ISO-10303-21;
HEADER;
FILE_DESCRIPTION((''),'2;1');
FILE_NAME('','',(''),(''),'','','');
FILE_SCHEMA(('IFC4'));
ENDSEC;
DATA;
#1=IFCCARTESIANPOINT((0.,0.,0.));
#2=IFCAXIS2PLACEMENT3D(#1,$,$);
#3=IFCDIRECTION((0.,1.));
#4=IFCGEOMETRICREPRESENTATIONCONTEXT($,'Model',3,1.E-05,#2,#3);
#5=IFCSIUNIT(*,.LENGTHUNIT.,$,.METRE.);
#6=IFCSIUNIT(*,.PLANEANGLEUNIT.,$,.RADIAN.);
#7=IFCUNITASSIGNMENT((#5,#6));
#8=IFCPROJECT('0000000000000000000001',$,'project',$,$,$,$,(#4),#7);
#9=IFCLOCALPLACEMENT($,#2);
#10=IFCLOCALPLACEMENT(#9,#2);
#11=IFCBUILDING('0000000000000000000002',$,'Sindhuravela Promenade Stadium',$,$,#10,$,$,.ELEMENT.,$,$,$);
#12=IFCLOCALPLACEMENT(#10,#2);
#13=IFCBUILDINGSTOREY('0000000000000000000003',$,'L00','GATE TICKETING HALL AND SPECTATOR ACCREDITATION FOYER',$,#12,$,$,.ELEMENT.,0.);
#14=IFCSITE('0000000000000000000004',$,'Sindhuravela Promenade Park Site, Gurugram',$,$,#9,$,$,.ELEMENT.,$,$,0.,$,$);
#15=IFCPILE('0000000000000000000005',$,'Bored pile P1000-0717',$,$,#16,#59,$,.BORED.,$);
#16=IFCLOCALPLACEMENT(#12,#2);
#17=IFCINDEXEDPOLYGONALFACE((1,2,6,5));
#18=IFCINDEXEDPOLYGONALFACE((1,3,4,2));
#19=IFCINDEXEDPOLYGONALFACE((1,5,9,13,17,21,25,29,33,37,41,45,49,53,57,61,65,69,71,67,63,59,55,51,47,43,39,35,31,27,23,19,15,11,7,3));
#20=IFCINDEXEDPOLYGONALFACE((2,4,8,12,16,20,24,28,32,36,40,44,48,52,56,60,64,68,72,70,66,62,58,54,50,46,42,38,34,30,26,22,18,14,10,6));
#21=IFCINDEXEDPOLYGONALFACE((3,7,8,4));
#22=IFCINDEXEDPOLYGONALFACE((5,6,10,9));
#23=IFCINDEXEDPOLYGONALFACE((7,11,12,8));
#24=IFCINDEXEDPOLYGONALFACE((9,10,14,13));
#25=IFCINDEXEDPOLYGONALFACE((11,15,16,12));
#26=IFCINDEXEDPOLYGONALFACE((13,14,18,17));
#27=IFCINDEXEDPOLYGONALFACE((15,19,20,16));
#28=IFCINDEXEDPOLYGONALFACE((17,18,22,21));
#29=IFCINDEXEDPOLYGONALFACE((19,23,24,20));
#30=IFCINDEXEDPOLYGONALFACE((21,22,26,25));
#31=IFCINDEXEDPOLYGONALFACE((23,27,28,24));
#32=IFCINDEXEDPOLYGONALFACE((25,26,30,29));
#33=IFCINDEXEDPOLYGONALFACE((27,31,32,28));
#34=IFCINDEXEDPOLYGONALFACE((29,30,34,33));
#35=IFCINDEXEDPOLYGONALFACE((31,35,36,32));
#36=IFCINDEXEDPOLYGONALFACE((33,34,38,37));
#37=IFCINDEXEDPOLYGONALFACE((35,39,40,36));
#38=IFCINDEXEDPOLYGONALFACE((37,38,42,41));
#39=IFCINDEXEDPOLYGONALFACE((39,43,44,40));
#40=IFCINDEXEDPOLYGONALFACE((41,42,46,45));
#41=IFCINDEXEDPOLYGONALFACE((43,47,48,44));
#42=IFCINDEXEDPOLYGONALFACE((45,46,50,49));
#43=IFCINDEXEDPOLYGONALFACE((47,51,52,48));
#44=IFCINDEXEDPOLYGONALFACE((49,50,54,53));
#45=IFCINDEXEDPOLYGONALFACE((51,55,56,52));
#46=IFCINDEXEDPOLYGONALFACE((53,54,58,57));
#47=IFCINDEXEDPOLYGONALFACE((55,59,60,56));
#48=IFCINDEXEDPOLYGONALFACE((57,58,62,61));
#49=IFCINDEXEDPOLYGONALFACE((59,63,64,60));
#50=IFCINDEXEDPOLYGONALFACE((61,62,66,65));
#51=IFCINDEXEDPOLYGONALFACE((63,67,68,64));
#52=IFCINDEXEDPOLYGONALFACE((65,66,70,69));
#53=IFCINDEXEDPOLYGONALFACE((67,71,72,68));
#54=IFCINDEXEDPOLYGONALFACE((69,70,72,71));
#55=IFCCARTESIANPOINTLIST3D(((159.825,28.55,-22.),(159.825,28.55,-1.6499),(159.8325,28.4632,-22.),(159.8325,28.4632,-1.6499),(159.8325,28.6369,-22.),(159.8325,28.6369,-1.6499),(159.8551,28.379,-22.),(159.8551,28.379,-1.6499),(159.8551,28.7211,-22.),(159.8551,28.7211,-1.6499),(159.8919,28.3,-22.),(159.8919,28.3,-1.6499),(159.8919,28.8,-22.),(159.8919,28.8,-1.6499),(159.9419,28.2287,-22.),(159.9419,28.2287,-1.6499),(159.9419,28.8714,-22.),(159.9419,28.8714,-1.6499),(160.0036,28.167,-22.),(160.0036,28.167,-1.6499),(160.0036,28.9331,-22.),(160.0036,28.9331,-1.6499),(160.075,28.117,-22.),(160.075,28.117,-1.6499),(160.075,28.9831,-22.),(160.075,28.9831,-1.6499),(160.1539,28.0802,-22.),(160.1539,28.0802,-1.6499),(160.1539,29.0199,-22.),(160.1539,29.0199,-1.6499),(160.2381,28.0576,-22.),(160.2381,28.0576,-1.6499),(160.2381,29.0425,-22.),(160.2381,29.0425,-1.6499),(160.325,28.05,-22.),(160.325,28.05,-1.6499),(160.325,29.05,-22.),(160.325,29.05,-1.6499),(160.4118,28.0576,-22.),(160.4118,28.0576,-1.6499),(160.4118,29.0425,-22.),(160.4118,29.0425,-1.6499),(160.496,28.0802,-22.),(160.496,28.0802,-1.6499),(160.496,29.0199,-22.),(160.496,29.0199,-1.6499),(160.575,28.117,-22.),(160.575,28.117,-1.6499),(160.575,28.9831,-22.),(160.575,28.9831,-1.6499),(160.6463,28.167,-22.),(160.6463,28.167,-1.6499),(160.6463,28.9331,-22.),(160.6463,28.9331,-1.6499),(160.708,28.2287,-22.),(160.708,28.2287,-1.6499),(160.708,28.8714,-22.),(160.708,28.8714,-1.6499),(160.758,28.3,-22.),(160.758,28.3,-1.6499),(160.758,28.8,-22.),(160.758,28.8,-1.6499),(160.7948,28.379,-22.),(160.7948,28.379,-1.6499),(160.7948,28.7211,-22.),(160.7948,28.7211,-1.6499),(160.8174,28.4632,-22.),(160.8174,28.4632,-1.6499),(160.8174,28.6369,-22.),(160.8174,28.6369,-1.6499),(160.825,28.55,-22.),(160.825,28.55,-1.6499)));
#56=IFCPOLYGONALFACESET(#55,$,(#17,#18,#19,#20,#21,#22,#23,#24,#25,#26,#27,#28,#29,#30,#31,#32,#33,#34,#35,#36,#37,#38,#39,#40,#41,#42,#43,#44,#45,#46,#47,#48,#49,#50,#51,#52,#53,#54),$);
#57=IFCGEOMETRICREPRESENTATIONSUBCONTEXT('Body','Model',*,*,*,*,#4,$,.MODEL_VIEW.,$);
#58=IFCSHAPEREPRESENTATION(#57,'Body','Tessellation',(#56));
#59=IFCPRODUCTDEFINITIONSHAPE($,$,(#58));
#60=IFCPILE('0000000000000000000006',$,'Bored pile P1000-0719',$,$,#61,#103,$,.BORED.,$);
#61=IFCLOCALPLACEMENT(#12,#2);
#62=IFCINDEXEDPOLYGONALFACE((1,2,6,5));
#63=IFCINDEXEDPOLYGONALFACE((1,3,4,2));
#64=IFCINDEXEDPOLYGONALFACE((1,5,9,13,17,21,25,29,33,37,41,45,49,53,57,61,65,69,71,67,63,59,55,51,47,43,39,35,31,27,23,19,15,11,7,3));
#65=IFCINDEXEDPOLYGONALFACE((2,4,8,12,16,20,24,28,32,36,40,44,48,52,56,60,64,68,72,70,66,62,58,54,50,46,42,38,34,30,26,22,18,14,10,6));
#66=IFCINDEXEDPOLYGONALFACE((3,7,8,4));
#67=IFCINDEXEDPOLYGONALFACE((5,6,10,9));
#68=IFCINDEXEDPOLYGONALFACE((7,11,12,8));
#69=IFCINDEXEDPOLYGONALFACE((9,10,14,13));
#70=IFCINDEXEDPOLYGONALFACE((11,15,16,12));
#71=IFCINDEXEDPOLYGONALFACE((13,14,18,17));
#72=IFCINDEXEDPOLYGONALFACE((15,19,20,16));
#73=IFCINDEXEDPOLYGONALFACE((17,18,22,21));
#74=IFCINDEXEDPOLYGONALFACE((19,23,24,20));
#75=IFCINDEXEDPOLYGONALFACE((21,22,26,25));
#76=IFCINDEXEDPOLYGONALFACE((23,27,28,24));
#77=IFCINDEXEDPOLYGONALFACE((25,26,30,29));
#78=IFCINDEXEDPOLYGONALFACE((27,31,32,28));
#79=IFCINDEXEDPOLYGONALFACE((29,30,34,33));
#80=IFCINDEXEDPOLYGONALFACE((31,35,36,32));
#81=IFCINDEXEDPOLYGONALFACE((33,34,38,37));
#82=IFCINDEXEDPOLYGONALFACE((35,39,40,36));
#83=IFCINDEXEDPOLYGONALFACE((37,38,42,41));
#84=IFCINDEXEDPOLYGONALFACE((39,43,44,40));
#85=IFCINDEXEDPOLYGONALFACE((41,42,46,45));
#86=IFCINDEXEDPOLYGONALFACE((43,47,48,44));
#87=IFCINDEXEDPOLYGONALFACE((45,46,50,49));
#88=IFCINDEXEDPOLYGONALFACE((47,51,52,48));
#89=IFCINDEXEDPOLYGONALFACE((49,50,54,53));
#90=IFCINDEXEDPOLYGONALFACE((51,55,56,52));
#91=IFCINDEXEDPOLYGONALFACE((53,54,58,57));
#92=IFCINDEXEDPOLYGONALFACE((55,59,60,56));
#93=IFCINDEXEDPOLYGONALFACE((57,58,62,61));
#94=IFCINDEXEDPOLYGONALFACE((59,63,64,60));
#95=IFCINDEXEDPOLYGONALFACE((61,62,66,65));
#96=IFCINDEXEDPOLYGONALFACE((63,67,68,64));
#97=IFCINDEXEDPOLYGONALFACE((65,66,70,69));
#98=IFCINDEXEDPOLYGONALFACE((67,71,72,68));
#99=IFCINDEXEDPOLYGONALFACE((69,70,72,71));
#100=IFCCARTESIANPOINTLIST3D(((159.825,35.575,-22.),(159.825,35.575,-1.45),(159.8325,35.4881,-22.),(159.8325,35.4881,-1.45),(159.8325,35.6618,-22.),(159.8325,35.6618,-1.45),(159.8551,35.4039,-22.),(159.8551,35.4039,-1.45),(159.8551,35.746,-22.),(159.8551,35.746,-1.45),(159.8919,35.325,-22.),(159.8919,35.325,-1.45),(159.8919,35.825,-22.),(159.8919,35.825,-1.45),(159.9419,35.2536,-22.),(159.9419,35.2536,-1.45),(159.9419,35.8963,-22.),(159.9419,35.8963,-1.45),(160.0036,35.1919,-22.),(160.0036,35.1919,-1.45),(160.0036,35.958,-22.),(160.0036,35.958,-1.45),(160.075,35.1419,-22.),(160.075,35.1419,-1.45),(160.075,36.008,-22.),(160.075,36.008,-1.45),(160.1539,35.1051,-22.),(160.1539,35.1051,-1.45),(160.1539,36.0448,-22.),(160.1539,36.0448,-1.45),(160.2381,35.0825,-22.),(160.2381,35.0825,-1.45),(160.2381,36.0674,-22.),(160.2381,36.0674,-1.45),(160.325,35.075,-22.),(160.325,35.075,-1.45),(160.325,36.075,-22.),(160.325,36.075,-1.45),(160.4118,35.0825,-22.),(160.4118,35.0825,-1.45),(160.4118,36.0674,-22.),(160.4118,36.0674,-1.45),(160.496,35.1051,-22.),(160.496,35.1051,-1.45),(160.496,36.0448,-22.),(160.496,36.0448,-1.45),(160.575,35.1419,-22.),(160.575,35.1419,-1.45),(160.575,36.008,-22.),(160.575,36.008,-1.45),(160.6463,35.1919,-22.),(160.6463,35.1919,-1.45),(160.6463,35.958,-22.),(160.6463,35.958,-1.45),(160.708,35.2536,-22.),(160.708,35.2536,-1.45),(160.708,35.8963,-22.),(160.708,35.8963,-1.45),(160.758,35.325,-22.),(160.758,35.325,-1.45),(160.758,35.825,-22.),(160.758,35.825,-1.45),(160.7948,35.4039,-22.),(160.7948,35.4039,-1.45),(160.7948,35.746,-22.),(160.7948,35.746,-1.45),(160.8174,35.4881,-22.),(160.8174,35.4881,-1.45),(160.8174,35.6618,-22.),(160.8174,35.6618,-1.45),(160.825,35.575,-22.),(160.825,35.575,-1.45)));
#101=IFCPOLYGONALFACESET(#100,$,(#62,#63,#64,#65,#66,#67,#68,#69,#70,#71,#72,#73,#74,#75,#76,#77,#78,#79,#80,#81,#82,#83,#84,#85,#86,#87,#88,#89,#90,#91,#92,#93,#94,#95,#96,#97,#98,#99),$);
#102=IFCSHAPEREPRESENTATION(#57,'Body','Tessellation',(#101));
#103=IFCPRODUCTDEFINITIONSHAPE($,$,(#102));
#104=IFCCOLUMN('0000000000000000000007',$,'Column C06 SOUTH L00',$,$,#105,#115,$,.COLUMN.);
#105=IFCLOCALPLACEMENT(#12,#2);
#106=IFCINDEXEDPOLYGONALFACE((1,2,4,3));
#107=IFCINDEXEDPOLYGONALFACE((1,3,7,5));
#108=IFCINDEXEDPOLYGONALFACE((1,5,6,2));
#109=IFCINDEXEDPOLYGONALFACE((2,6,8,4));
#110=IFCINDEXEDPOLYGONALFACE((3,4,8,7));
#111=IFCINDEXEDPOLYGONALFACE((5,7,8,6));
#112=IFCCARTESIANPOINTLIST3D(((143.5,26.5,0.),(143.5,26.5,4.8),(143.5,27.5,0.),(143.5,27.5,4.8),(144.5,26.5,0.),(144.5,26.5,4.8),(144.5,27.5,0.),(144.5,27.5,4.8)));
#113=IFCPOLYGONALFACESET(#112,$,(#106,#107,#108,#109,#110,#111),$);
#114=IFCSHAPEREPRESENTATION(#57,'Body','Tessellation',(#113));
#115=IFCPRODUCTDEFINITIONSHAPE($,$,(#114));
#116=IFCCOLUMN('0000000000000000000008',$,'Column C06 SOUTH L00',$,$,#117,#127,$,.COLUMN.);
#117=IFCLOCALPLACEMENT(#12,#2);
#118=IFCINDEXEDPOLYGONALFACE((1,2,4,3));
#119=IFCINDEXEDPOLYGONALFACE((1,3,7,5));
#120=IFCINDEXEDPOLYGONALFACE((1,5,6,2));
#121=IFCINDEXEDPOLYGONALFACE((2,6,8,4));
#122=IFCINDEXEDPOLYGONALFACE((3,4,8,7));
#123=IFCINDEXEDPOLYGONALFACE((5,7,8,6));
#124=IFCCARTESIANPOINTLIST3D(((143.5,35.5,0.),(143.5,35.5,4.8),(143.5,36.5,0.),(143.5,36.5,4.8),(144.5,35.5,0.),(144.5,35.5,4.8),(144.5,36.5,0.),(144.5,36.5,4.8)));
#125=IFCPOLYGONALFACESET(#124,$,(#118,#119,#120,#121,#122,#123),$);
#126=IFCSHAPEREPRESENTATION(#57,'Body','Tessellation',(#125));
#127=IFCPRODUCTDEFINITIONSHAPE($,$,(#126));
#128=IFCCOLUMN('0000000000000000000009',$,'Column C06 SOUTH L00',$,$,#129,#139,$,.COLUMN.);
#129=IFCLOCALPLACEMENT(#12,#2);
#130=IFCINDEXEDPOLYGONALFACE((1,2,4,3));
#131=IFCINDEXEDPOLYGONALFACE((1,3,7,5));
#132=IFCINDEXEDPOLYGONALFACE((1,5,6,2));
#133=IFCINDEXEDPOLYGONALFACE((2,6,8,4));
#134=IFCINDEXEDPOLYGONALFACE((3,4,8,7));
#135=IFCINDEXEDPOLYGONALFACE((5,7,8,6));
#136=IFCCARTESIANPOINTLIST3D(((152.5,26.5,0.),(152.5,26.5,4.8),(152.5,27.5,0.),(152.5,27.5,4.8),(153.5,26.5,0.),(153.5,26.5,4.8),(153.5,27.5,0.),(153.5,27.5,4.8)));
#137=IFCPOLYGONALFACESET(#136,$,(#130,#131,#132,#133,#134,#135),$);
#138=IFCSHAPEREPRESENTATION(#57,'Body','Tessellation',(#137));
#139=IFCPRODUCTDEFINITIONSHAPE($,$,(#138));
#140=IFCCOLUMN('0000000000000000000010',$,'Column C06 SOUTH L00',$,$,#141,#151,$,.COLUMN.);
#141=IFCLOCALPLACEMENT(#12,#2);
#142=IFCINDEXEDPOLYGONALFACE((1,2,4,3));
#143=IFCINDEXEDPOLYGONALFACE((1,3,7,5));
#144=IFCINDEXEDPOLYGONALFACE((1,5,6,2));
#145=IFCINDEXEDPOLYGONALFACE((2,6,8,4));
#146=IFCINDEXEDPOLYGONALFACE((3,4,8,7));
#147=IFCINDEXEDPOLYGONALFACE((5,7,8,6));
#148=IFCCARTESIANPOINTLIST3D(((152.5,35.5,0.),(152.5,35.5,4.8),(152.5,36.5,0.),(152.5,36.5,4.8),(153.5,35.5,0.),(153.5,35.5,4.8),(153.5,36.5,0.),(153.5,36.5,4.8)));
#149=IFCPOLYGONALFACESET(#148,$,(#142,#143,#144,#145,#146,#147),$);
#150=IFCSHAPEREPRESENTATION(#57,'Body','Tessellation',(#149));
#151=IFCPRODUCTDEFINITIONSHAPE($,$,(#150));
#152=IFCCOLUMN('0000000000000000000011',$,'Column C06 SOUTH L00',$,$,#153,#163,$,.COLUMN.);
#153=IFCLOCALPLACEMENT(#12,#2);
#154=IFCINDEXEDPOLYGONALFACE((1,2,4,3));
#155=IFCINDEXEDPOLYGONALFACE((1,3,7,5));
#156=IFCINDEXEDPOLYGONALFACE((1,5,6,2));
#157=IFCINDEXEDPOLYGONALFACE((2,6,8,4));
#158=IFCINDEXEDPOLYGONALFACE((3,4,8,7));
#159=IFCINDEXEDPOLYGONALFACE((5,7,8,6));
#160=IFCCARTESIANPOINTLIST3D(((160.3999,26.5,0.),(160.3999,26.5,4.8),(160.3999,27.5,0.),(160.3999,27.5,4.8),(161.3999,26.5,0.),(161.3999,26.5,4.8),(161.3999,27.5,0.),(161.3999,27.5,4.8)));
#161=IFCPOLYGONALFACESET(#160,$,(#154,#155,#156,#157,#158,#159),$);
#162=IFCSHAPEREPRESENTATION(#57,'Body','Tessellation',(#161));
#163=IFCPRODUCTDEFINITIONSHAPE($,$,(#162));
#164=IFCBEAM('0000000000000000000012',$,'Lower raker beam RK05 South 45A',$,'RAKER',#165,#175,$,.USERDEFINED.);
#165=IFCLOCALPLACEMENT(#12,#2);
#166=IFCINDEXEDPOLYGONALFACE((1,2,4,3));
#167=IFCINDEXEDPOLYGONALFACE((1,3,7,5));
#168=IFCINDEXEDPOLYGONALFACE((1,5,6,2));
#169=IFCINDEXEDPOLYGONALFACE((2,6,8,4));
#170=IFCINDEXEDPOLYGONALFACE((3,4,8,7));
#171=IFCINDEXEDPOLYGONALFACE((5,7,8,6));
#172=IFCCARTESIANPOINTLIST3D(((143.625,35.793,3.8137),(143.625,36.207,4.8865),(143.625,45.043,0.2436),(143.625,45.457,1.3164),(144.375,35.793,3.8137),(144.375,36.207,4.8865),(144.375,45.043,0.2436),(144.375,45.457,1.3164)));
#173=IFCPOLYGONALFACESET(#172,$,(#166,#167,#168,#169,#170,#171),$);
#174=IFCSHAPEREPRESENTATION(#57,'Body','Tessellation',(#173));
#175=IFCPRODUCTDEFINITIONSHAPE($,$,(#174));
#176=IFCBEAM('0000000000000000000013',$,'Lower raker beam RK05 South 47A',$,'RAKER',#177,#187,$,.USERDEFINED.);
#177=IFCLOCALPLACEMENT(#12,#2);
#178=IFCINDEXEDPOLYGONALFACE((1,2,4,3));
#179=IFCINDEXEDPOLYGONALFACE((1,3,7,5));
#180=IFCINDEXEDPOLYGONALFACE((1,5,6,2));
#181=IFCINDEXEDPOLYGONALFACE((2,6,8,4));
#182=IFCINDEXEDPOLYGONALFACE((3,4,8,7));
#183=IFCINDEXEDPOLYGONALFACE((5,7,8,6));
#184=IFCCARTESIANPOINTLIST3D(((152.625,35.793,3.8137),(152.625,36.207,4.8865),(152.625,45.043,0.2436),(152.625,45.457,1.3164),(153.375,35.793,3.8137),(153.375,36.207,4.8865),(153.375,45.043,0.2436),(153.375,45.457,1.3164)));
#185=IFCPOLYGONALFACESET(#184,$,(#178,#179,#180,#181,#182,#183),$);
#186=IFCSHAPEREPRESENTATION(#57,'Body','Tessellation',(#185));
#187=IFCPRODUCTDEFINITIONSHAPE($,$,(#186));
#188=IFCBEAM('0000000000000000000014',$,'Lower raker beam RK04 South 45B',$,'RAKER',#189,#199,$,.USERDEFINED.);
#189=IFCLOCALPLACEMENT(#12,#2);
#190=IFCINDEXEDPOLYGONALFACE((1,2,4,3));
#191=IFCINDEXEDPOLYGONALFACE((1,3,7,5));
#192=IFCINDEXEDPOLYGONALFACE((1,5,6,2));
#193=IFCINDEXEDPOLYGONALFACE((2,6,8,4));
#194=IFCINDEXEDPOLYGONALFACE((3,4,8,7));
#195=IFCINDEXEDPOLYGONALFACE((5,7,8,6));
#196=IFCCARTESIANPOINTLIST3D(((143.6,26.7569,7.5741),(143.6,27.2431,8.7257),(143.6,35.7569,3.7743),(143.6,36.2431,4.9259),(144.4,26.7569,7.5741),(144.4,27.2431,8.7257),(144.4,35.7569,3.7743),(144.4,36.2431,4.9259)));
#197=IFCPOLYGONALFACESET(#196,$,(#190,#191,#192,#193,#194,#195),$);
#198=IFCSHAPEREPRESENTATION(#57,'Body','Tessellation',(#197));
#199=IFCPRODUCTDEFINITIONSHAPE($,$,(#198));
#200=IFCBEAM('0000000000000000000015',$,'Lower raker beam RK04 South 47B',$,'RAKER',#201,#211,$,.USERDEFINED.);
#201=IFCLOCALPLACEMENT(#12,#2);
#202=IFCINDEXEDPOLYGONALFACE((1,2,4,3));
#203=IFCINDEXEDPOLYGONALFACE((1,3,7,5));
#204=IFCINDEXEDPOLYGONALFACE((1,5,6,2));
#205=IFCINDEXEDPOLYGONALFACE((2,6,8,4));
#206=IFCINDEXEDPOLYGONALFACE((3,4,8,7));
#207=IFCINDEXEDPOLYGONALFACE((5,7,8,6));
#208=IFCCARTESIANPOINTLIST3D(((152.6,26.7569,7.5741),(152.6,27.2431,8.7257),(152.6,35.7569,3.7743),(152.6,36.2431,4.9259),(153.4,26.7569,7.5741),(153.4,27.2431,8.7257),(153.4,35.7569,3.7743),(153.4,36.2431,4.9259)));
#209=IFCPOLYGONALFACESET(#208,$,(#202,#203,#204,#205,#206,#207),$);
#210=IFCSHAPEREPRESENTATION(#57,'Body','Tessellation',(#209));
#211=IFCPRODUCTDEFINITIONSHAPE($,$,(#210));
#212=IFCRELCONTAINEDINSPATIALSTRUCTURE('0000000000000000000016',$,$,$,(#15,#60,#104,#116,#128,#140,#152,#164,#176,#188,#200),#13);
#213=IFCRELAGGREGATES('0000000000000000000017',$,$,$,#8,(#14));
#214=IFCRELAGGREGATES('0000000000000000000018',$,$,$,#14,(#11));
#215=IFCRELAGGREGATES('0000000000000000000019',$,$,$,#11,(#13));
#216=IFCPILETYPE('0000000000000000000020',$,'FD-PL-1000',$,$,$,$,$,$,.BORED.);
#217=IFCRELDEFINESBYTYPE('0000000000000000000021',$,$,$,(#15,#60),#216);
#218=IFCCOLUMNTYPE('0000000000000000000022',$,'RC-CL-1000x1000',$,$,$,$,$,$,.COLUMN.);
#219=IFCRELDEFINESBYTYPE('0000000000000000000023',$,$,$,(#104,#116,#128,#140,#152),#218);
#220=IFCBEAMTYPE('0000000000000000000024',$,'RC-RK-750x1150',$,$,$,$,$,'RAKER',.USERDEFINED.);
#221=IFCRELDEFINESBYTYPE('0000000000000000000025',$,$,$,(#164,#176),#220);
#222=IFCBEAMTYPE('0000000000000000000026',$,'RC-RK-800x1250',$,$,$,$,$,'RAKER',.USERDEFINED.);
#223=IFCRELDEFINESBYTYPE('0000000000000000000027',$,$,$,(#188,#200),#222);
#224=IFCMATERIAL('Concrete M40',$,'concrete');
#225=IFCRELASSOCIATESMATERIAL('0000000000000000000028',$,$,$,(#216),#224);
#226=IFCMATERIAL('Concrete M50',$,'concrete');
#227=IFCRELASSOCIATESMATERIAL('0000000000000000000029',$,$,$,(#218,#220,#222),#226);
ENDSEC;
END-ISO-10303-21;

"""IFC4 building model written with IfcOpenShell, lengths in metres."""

from ifc_helpers import new_model, si_unit, direction, frame, origin, origin_2d, place, context, subcontext, project, spatial, rectangle, circle, extrude, material, material_profile, profile_set, type_object, element, save


model = new_model("IFC4")

# Units and contexts
model_context = context("Model", 3, precision=1e-05, world=origin(), true_north=direction((0.0, 1.0)))
body_context = subcontext(model_context, "Body", "Model", "MODEL_VIEW")
ifc_project = project(units=[si_unit("LENGTHUNIT", "METRE"), si_unit("PLANEANGLEUNIT", "RADIAN")], contexts=[model_context])

# Site, building, storey
site_placement = place(None, origin())
site = spatial("IfcSite", under=ifc_project, at=site_placement, Name="Sindhuravela Promenade Park Site, Gurugram", CompositionType="ELEMENT", RefElevation=0.0)
building_placement = place(site_placement, origin())
building = spatial("IfcBuilding", under=site, at=building_placement, Name="Sindhuravela Promenade Stadium", CompositionType="ELEMENT")
storey_placement = place(building_placement, origin())
storey = spatial("IfcBuildingStorey", under=building, at=storey_placement, Name="L00", Description="GATE TICKETING HALL AND SPECTATOR ACCREDITATION FOYER", CompositionType="ELEMENT", Elevation=0.0)

# Shared definitions
ifc_material_1 = material(Name="Concrete M50", Category="concrete")

# Piles
ifc_material_2 = material(Name="Concrete M40", Category="concrete")
ifc_material_profile_1 = material_profile(ifc_material_2, circle(Radius=0.5, at=origin_2d()), Name="BORED PILE D1000")
ifc_profile_set_1 = profile_set([ifc_material_profile_1], Name="Concrete M40")
pile_type = type_object("IfcPileType", Name="FD-PL-1000", PredefinedType="BORED", material=ifc_profile_set_1)
pile_1_placement = place(storey_placement, frame((160.325, 28.55, -1.6499), z_axis=(0.0, 0.0, -1.0), x_axis=(1.0, 0.0, 0.0)))
element("IfcPile", 1, at=pile_1_placement, inside=storey, type_object=pile_type, Name="Bored pile P1000-0717", PredefinedType="BORED", context=body_context, shape_type="SweptSolid", body=[
    extrude(circle(Radius=0.5, at=origin_2d()), origin(), (0.0, 0.0, 1.0), 20.3501),
])
pile_2_placement = place(storey_placement, frame((160.325, 35.575, -1.45), z_axis=(0.0, 0.0, -1.0), x_axis=(1.0, 0.0, 0.0)))
element("IfcPile", 2, at=pile_2_placement, inside=storey, type_object=pile_type, Name="Bored pile P1000-0719", PredefinedType="BORED", context=body_context, shape_type="SweptSolid", body=[
    extrude(circle(Radius=0.5, at=origin_2d()), origin(), (0.0, 0.0, 1.0), 20.55),
])

# Columns
ifc_material_profile_2 = material_profile(ifc_material_1, rectangle(XDim=1.0, YDim=1.0, at=origin_2d()), Name="RC 1000x1000")
ifc_profile_set_2 = profile_set([ifc_material_profile_2], Name="Concrete M50")
column_type = type_object("IfcColumnType", Name="RC-CL-1000x1000", PredefinedType="COLUMN", material=ifc_profile_set_2)
for number, where, z_axis, x_axis, name in (
    (3, (144.0, 27.0, 0.0), (0.0, 0.0, 1.0), (1.0, 0.0, 0.0), "Column C06 SOUTH L00"),
    (4, (144.0, 36.0, 0.0), (0.0, 0.0, 1.0), (1.0, 0.0, 0.0), "Column C06 SOUTH L00"),
    (5, (153.0, 27.0, 0.0), (0.0, 0.0, 1.0), (1.0, 0.0, 0.0), "Column C06 SOUTH L00"),
    (6, (153.0, 36.0, 0.0), (0.0, 0.0, 1.0), (1.0, 0.0, 0.0), "Column C06 SOUTH L00"),
    (7, (160.8999, 27.0, 0.0), (0.0, 0.0, 1.0), (1.0, 0.0, 0.0), "Column C06 SOUTH L00"),
):
    element("IfcColumn", number, at=place(storey_placement, frame(where, z_axis=z_axis, x_axis=x_axis)), inside=storey, type_object=column_type, Name=name, PredefinedType="COLUMN", context=body_context, shape_type="SweptSolid", body=[
        extrude(rectangle(XDim=1.0, YDim=1.0, at=origin_2d()), origin(), (0.0, 0.0, 1.0), 4.8),
    ])

# Beams
ifc_material_profile_3 = material_profile(ifc_material_1, rectangle(XDim=0.75, YDim=1.1499, at=origin_2d()), Name="RC 750x1150")
ifc_profile_set_3 = profile_set([ifc_material_profile_3], Name="Concrete M50")
beam_type_1 = type_object("IfcBeamType", Name="RC-RK-750x1150", ElementType="RAKER", PredefinedType="USERDEFINED", material=ifc_profile_set_3)
for number, where, z_axis, x_axis, name in (
    (8, (144.0, 45.25, 0.78), (0.0, -0.932927, 0.360066), (1.0, 0.0, 0.0), "Lower raker beam RK05 South 45A"),
    (9, (153.0, 45.25, 0.78), (0.0, -0.932927, 0.360066), (1.0, 0.0, 0.0), "Lower raker beam RK05 South 47A"),
):
    element("IfcBeam", number, at=place(storey_placement, frame(where, z_axis=z_axis, x_axis=x_axis)), inside=storey, type_object=beam_type_1, Name=name, ObjectType="RAKER", PredefinedType="USERDEFINED", context=body_context, shape_type="SweptSolid", body=[
        extrude(rectangle(XDim=0.75, YDim=1.1499, at=origin_2d()), origin(), (0.0, 0.0, 1.0), 9.915),
    ])
ifc_material_profile_4 = material_profile(ifc_material_1, rectangle(XDim=0.8, YDim=1.25, at=origin_2d()), Name="RC 800x1250")
ifc_profile_set_4 = profile_set([ifc_material_profile_4], Name="Concrete M50")
beam_type_2 = type_object("IfcBeamType", Name="RC-RK-800x1250", ElementType="RAKER", PredefinedType="USERDEFINED", material=ifc_profile_set_4)
for number, where, z_axis, x_axis, name in (
    (10, (144.0, 36.0, 4.3501), (0.0, -0.921257, 0.388955), (1.0, 0.0, 0.0), "Lower raker beam RK04 South 45B"),
    (11, (153.0, 36.0, 4.3501), (0.0, -0.921257, 0.388955), (1.0, 0.0, 0.0), "Lower raker beam RK04 South 47B"),
):
    element("IfcBeam", number, at=place(storey_placement, frame(where, z_axis=z_axis, x_axis=x_axis)), inside=storey, type_object=beam_type_2, Name=name, ObjectType="RAKER", PredefinedType="USERDEFINED", context=body_context, shape_type="SweptSolid", body=[
        extrude(rectangle(XDim=0.8, YDim=1.25, at=origin_2d()), origin(), (0.0, 0.0, 1.0), 9.7693),
    ])

save(model, "model.ifc")
